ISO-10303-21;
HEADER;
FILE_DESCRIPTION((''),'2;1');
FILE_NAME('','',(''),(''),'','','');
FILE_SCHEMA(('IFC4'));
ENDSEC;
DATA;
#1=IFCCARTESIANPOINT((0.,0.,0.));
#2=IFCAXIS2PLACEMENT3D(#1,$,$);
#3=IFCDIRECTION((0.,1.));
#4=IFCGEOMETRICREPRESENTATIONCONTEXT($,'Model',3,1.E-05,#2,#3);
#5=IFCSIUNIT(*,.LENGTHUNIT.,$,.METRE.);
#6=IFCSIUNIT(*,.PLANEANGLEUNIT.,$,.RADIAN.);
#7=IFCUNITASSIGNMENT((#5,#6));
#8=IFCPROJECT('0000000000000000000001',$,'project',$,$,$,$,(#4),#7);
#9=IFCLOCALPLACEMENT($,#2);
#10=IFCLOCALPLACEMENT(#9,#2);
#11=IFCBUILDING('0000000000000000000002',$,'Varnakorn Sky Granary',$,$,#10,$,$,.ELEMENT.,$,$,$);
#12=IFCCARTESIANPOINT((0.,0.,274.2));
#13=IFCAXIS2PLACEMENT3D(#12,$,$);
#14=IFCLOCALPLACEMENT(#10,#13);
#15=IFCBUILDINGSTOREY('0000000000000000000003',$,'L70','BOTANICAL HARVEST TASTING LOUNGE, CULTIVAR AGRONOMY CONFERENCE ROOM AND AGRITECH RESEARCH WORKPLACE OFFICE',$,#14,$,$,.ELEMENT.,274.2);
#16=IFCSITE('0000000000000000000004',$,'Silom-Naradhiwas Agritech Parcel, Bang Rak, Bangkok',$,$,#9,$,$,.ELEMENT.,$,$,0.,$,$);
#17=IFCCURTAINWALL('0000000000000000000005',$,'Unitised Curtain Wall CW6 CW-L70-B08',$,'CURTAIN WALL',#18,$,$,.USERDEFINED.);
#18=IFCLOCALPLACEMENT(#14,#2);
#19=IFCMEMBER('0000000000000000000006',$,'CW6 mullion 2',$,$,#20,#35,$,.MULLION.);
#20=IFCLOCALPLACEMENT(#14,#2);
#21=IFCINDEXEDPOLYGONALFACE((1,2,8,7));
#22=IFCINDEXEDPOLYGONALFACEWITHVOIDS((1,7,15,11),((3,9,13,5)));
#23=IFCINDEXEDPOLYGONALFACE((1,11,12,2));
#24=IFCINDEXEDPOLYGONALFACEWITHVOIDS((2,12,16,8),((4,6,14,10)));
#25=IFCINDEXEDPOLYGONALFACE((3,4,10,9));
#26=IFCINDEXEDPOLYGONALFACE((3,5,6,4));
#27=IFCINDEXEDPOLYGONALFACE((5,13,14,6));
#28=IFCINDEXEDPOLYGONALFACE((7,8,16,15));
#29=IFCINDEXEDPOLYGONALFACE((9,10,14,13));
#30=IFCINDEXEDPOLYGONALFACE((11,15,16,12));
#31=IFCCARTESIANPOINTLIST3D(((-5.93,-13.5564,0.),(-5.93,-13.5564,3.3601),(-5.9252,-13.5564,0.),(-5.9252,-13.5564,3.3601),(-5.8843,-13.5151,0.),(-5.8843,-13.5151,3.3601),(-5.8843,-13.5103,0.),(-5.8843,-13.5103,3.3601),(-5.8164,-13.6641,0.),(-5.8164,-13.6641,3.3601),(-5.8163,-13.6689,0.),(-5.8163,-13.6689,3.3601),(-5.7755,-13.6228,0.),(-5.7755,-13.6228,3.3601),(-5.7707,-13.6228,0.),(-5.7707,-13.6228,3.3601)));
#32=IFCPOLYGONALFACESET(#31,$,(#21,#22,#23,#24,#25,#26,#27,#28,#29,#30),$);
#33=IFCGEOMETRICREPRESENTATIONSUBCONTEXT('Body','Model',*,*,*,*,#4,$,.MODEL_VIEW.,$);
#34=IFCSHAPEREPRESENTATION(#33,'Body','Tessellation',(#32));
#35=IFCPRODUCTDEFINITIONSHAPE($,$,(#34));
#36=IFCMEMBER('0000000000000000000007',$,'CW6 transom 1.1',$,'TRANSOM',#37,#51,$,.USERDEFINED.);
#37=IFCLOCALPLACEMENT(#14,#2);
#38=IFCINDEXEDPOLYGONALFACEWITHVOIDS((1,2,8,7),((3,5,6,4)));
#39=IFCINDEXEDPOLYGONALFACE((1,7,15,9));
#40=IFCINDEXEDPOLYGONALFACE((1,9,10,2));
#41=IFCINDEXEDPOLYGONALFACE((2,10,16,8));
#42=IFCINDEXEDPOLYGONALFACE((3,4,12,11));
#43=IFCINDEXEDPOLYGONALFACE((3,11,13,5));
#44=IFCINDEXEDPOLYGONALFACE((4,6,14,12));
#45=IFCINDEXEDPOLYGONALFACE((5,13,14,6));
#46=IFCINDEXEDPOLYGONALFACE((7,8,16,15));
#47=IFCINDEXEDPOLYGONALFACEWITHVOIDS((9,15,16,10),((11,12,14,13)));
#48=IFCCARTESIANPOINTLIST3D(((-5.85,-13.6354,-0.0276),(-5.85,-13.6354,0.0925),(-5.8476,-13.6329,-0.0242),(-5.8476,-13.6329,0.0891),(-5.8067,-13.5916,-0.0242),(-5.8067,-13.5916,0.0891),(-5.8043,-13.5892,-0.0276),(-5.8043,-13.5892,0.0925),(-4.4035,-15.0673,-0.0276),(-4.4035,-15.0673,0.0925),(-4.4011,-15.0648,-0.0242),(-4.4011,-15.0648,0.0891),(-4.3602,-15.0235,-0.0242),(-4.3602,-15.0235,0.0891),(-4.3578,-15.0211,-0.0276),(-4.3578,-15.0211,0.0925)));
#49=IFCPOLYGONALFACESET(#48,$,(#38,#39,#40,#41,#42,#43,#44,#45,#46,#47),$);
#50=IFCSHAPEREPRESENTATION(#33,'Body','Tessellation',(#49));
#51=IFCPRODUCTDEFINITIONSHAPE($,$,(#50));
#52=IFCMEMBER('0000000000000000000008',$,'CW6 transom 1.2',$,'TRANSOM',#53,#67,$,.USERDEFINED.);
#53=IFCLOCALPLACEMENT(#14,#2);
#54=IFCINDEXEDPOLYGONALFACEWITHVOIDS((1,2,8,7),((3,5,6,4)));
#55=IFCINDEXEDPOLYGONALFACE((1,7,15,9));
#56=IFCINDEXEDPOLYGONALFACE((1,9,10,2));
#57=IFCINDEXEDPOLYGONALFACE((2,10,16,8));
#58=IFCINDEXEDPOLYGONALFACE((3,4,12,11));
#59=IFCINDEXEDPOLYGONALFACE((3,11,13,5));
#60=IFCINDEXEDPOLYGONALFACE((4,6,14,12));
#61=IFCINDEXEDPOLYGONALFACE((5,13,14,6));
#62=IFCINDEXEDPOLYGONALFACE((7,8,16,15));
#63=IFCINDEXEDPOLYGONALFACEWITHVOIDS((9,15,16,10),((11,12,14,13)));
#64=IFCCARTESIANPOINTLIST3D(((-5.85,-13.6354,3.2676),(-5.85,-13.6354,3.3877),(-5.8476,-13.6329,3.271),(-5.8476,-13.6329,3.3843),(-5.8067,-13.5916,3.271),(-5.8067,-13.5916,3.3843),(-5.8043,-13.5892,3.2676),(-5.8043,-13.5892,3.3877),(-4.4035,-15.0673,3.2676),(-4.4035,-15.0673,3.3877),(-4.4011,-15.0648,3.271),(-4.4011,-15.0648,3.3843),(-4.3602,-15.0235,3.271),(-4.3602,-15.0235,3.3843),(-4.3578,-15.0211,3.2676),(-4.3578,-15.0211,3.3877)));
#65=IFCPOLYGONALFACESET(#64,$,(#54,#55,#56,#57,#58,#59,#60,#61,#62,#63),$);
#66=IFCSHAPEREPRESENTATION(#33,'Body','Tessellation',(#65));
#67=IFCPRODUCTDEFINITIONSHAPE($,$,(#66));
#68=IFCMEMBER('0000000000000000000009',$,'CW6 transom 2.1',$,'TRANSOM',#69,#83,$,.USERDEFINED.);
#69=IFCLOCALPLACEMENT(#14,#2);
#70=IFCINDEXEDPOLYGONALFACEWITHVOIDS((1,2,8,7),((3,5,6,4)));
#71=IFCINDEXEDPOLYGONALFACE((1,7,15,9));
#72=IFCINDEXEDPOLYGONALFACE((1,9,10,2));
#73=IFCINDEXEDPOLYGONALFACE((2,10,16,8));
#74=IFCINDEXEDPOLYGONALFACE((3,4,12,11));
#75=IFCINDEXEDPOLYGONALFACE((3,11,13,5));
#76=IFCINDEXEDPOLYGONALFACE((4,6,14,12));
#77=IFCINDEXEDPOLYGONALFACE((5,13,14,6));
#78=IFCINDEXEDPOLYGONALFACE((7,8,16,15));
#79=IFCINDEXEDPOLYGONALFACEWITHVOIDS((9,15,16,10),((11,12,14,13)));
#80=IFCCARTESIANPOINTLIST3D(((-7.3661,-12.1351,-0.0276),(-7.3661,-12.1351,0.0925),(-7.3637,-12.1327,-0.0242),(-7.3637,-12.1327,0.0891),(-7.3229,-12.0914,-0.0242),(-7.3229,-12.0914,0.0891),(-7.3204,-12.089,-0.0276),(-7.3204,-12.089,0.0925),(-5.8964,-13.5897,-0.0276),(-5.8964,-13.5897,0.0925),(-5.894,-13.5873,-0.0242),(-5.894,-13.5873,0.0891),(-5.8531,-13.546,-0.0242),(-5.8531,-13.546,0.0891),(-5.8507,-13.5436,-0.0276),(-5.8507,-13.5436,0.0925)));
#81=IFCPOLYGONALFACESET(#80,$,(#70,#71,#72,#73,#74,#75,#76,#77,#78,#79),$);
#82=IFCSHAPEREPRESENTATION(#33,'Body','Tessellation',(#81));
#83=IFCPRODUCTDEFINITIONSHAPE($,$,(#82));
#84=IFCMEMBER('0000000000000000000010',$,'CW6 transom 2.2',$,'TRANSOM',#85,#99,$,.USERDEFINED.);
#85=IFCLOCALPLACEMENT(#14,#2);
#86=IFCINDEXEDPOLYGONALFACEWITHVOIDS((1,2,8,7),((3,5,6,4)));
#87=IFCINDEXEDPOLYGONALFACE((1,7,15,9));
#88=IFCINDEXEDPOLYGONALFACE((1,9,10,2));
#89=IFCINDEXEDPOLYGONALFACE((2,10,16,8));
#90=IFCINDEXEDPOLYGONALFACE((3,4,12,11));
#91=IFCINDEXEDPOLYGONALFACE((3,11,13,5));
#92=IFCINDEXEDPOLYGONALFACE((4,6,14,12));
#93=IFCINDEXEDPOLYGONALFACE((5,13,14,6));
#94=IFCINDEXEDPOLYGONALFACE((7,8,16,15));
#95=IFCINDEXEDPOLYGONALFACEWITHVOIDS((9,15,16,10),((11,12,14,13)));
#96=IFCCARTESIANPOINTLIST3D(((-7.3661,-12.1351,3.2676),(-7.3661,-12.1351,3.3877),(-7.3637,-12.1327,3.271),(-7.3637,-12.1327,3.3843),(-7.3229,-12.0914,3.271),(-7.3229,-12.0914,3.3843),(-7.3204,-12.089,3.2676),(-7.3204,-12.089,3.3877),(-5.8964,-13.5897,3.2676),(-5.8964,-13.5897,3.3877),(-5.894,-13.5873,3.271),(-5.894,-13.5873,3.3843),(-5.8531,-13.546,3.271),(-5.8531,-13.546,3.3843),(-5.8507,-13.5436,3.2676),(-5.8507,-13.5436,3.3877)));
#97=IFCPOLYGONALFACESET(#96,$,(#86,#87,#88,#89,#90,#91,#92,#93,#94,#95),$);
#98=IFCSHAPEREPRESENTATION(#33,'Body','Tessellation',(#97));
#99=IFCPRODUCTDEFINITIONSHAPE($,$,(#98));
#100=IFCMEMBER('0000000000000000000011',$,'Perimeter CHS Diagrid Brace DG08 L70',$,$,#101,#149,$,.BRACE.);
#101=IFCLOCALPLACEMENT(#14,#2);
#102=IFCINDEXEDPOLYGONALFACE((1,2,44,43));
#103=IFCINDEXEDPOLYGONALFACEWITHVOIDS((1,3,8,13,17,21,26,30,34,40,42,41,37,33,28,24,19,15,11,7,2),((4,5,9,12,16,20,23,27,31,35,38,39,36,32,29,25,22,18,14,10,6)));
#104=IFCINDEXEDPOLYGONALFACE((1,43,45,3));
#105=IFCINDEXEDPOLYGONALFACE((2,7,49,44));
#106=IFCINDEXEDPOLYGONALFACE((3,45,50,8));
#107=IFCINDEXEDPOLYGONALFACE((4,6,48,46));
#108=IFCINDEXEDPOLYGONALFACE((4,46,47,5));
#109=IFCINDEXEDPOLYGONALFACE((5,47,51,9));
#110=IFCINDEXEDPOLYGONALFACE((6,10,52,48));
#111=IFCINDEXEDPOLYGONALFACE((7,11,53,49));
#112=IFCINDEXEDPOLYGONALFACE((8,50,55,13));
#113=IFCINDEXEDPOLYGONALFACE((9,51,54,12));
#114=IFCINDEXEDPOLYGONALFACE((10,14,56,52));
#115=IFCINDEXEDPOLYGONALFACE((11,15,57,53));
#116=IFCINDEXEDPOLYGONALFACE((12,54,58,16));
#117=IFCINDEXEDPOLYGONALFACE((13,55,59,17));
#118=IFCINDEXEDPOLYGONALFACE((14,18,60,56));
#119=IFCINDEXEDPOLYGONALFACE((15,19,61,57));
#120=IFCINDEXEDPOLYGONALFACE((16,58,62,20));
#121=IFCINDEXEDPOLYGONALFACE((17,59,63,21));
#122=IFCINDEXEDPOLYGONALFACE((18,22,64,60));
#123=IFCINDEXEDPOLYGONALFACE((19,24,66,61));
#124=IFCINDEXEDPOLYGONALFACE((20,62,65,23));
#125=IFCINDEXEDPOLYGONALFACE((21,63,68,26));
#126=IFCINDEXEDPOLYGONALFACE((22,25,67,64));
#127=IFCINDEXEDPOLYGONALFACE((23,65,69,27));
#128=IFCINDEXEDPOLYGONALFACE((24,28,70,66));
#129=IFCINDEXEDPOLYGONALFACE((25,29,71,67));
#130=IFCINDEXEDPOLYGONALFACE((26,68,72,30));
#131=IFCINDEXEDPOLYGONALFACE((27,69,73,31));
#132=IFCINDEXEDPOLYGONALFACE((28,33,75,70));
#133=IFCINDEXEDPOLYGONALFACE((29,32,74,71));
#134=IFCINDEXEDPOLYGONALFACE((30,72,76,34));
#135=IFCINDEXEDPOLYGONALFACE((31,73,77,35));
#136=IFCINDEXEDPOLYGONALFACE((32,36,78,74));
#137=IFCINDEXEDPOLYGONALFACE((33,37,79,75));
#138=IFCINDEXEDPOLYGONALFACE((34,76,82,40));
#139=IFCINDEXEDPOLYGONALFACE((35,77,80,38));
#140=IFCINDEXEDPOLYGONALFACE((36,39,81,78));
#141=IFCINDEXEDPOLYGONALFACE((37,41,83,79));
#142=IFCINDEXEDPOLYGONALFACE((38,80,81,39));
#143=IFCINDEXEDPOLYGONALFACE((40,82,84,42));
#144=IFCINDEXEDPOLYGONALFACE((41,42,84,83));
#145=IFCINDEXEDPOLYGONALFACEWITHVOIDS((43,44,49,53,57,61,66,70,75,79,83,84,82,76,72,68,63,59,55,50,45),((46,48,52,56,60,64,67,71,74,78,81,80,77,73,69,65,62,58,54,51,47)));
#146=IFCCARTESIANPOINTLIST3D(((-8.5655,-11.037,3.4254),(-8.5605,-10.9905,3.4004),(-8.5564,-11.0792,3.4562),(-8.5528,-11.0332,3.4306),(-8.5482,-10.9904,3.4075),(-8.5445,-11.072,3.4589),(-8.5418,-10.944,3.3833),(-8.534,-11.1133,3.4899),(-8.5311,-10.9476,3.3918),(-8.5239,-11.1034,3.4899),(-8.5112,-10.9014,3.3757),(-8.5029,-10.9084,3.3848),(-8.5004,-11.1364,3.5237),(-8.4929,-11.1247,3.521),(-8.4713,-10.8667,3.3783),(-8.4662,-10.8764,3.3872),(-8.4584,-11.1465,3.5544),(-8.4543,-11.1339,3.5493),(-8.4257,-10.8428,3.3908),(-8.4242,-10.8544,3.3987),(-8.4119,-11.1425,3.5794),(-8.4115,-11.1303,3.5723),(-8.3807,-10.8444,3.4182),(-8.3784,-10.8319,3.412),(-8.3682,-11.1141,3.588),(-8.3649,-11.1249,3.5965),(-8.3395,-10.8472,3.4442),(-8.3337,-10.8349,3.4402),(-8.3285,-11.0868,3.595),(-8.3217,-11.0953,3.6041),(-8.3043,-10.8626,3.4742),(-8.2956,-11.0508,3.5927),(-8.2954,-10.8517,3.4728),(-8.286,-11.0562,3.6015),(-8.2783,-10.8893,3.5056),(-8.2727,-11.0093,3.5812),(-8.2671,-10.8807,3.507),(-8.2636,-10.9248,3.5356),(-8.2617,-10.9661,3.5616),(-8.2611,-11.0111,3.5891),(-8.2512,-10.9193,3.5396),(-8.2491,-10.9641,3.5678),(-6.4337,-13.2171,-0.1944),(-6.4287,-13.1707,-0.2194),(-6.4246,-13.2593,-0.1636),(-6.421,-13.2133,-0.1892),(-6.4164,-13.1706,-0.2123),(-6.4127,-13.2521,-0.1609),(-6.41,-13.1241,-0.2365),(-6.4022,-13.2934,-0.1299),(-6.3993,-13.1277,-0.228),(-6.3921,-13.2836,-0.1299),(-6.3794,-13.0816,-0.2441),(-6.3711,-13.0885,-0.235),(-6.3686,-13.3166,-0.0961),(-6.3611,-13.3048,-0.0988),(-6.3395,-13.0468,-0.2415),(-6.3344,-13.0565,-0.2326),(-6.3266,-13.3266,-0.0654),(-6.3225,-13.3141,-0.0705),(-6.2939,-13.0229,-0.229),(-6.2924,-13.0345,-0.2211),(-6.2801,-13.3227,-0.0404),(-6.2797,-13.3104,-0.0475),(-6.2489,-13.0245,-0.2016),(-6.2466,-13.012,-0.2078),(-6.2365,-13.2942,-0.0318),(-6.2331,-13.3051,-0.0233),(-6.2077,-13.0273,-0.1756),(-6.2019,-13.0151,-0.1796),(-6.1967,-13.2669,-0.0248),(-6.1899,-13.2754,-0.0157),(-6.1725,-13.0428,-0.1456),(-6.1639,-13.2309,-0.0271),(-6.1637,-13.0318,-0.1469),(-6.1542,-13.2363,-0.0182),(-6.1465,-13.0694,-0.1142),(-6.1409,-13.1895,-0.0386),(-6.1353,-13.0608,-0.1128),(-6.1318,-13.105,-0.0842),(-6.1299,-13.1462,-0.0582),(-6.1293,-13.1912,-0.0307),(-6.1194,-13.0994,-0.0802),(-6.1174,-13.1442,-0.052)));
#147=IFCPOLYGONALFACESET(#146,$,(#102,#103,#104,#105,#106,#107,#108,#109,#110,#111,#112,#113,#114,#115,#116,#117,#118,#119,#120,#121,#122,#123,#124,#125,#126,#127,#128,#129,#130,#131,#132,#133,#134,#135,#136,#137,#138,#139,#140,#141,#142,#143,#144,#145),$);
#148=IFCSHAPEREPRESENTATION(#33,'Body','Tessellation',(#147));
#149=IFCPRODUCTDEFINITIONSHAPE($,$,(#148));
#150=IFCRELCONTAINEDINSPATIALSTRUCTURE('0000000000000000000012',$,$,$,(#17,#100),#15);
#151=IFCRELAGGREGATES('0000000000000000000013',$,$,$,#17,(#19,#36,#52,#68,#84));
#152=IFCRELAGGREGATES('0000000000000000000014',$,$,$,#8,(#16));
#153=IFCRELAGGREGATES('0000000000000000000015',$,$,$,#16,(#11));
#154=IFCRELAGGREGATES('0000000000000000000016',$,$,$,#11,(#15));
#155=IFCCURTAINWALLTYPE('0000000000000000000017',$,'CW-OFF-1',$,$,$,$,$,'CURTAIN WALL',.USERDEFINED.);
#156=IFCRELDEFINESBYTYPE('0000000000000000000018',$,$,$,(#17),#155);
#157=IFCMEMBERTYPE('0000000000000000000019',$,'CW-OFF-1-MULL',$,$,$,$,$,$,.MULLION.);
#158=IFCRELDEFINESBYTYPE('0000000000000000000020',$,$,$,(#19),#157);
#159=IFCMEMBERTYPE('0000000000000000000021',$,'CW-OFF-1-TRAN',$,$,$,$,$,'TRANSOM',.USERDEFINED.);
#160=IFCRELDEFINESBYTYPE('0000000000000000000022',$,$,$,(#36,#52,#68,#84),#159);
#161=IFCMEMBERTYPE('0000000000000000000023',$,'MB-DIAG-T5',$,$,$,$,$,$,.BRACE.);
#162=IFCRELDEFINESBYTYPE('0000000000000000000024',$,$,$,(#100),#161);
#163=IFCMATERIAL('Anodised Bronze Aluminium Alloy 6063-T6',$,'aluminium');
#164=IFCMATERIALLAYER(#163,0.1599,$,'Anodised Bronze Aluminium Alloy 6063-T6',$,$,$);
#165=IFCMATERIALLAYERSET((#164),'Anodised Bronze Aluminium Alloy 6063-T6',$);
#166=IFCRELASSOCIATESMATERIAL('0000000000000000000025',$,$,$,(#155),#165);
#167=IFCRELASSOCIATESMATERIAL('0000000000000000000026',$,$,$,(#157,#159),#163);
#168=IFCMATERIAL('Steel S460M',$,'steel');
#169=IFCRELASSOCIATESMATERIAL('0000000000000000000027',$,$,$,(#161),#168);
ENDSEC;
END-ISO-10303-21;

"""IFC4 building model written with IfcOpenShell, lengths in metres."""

from ifc_helpers import new_model, si_unit, direction, frame, origin, origin_2d, place, context, subcontext, project, spatial, hollow_rectangle, hollow_circle, extrude, material, layer, layer_set, material_profile, profile_set, type_object, element, aggregate, save


model = new_model("IFC4")

# Units and contexts
model_context = context("Model", 3, precision=1e-05, world=origin(), true_north=direction((0.0, 1.0)))
body_context = subcontext(model_context, "Body", "Model", "MODEL_VIEW")
ifc_project = project(units=[si_unit("LENGTHUNIT", "METRE"), si_unit("PLANEANGLEUNIT", "RADIAN")], contexts=[model_context])

# Site, building, storey
site_placement = place(None, origin())
site = spatial("IfcSite", under=ifc_project, at=site_placement, Name="Silom-Naradhiwas Agritech Parcel, Bang Rak, Bangkok", CompositionType="ELEMENT", RefElevation=0.0)
building_placement = place(site_placement, origin())
building = spatial("IfcBuilding", under=site, at=building_placement, Name="Varnakorn Sky Granary", CompositionType="ELEMENT")
storey_placement = place(building_placement, frame((0.0, 0.0, 274.2)))
storey = spatial("IfcBuildingStorey", under=building, at=storey_placement, Name="L70", Description="BOTANICAL HARVEST TASTING LOUNGE, CULTIVAR AGRONOMY CONFERENCE ROOM AND AGRITECH RESEARCH WORKPLACE OFFICE", CompositionType="ELEMENT", Elevation=274.2)

# Shared definitions
ifc_material_1 = material(Name="Steel S460M", Category="steel")

# Curtain wall, members
ifc_material_2 = material(Name="Anodised Bronze Aluminium Alloy 6063-T6", Category="aluminium")
ifc_layer_1 = layer(ifc_material_2, 0.1599, Name="Anodised Bronze Aluminium Alloy 6063-T6")
ifc_layer_set_1 = layer_set([ifc_layer_1], Name="Anodised Bronze Aluminium Alloy 6063-T6")
curtain_wall_type = type_object("IfcCurtainWallType", Name="CW-OFF-1", ElementType="CURTAIN WALL", PredefinedType="USERDEFINED", material=ifc_layer_set_1)
curtain_wall_placement = place(storey_placement, origin())
curtain_wall = element("IfcCurtainWall", 1, at=curtain_wall_placement, inside=storey, type_object=curtain_wall_type, Name="Unitised Curtain Wall CW6 CW-L70-B08", ObjectType="CURTAIN WALL", PredefinedType="USERDEFINED")
ifc_material_profile_1 = material_profile(ifc_material_2, hollow_rectangle(XDim=0.0649, YDim=0.1599, WallThickness=0.0034, at=origin_2d()), Name="ALU MULL 65x160")
ifc_profile_set_1 = profile_set([ifc_material_profile_1], Name="Anodised Bronze Aluminium Alloy 6063-T6")
member_type_1 = type_object("IfcMemberType", Name="CW-OFF-1-MULL", PredefinedType="MULLION", material=ifc_profile_set_1)
member_1_placement = place(storey_placement, frame((-5.8503, -13.5896, 0.0), z_axis=(0.0, 0.0, 1.0), x_axis=(-0.703399, -0.710795, 0.0)))
member_1 = element("IfcMember", 2, at=member_1_placement, type_object=member_type_1, Name="CW6 mullion 2", PredefinedType="MULLION", context=body_context, shape_type="SweptSolid", body=[
    extrude(hollow_rectangle(XDim=0.0649, YDim=0.1599, WallThickness=0.0034, at=origin_2d()), origin(), (0.0, 0.0, 1.0), 3.3601),
])
ifc_material_profile_2 = material_profile(ifc_material_2, hollow_rectangle(XDim=0.0649, YDim=0.1201, WallThickness=0.0034, at=origin_2d()), Name="ALU TRAN 65x120")
ifc_profile_set_2 = profile_set([ifc_material_profile_2], Name="Anodised Bronze Aluminium Alloy 6063-T6")
member_type_2 = type_object("IfcMemberType", Name="CW-OFF-1-TRAN", ElementType="TRANSOM", PredefinedType="USERDEFINED", material=ifc_profile_set_2)
member_2_placement = place(storey_placement, frame((-4.3806, -15.0442, 0.0325), z_axis=(-0.710696, 0.703499, 0.0), x_axis=(-0.703499, -0.710696, 0.0)))
member_2 = element("IfcMember", 3, at=member_2_placement, type_object=member_type_2, Name="CW6 transom 1.1", ObjectType="TRANSOM", PredefinedType="USERDEFINED", context=body_context, shape_type="SweptSolid", body=[
    extrude(hollow_rectangle(XDim=0.0649, YDim=0.1201, WallThickness=0.0034, at=origin_2d()), origin(), (0.0, 0.0, 1.0), 2.0354),
])
member_3_placement = place(storey_placement, frame((-4.3806, -15.0442, 3.3276), z_axis=(-0.710696, 0.703499, 0.0), x_axis=(-0.703499, -0.710696, 0.0)))
member_3 = element("IfcMember", 4, at=member_3_placement, type_object=member_type_2, Name="CW6 transom 1.2", ObjectType="TRANSOM", PredefinedType="USERDEFINED", context=body_context, shape_type="SweptSolid", body=[
    extrude(hollow_rectangle(XDim=0.0649, YDim=0.1201, WallThickness=0.0034, at=origin_2d()), origin(), (0.0, 0.0, 1.0), 2.0354),
])
member_4_placement = place(storey_placement, frame((-5.8735, -13.5667, 0.0325), z_axis=(-0.710757, 0.703437, 0.0), x_axis=(-0.703437, -0.710757, 0.0)))
member_4 = element("IfcMember", 5, at=member_4_placement, type_object=member_type_2, Name="CW6 transom 2.1", ObjectType="TRANSOM", PredefinedType="USERDEFINED", context=body_context, shape_type="SweptSolid", body=[
    extrude(hollow_rectangle(XDim=0.0649, YDim=0.1201, WallThickness=0.0034, at=origin_2d()), origin(), (0.0, 0.0, 1.0), 2.0679),
])
member_5_placement = place(storey_placement, frame((-5.8735, -13.5667, 3.3276), z_axis=(-0.710757, 0.703437, 0.0), x_axis=(-0.703437, -0.710757, 0.0)))
member_5 = element("IfcMember", 6, at=member_5_placement, type_object=member_type_2, Name="CW6 transom 2.2", ObjectType="TRANSOM", PredefinedType="USERDEFINED", context=body_context, shape_type="SweptSolid", body=[
    extrude(hollow_rectangle(XDim=0.0649, YDim=0.1201, WallThickness=0.0034, at=origin_2d()), origin(), (0.0, 0.0, 1.0), 2.0679),
])

# Member
ifc_material_profile_3 = material_profile(ifc_material_1, hollow_circle(Radius=0.1777, WallThickness=0.0142, at=origin_2d()), Name="CHS 355.6x14")
ifc_profile_set_3 = profile_set([ifc_material_profile_3], Name="Steel S460M")
member_type_3 = type_object("IfcMemberType", Name="MB-DIAG-T5", PredefinedType="BRACE", material=ifc_profile_set_3)
member_6_placement = place(storey_placement, frame((-6.2751, -13.1692, -0.1299), z_axis=(-0.450419, 0.460632, 0.764814), x_axis=(-0.714989, -0.699136, 0.0)))
element("IfcMember", 7, at=member_6_placement, inside=storey, type_object=member_type_3, Name="Perimeter CHS Diagrid Brace DG08 L70", PredefinedType="BRACE", context=body_context, shape_type="SweptSolid", body=[
    extrude(hollow_circle(Radius=0.1777, WallThickness=0.0142, at=origin_2d()), origin(), (0.0, 0.0, 1.0), 4.7329),
])

aggregate(curtain_wall, [member_1, member_2, member_3, member_4, member_5])

save(model, "model.ifc")
